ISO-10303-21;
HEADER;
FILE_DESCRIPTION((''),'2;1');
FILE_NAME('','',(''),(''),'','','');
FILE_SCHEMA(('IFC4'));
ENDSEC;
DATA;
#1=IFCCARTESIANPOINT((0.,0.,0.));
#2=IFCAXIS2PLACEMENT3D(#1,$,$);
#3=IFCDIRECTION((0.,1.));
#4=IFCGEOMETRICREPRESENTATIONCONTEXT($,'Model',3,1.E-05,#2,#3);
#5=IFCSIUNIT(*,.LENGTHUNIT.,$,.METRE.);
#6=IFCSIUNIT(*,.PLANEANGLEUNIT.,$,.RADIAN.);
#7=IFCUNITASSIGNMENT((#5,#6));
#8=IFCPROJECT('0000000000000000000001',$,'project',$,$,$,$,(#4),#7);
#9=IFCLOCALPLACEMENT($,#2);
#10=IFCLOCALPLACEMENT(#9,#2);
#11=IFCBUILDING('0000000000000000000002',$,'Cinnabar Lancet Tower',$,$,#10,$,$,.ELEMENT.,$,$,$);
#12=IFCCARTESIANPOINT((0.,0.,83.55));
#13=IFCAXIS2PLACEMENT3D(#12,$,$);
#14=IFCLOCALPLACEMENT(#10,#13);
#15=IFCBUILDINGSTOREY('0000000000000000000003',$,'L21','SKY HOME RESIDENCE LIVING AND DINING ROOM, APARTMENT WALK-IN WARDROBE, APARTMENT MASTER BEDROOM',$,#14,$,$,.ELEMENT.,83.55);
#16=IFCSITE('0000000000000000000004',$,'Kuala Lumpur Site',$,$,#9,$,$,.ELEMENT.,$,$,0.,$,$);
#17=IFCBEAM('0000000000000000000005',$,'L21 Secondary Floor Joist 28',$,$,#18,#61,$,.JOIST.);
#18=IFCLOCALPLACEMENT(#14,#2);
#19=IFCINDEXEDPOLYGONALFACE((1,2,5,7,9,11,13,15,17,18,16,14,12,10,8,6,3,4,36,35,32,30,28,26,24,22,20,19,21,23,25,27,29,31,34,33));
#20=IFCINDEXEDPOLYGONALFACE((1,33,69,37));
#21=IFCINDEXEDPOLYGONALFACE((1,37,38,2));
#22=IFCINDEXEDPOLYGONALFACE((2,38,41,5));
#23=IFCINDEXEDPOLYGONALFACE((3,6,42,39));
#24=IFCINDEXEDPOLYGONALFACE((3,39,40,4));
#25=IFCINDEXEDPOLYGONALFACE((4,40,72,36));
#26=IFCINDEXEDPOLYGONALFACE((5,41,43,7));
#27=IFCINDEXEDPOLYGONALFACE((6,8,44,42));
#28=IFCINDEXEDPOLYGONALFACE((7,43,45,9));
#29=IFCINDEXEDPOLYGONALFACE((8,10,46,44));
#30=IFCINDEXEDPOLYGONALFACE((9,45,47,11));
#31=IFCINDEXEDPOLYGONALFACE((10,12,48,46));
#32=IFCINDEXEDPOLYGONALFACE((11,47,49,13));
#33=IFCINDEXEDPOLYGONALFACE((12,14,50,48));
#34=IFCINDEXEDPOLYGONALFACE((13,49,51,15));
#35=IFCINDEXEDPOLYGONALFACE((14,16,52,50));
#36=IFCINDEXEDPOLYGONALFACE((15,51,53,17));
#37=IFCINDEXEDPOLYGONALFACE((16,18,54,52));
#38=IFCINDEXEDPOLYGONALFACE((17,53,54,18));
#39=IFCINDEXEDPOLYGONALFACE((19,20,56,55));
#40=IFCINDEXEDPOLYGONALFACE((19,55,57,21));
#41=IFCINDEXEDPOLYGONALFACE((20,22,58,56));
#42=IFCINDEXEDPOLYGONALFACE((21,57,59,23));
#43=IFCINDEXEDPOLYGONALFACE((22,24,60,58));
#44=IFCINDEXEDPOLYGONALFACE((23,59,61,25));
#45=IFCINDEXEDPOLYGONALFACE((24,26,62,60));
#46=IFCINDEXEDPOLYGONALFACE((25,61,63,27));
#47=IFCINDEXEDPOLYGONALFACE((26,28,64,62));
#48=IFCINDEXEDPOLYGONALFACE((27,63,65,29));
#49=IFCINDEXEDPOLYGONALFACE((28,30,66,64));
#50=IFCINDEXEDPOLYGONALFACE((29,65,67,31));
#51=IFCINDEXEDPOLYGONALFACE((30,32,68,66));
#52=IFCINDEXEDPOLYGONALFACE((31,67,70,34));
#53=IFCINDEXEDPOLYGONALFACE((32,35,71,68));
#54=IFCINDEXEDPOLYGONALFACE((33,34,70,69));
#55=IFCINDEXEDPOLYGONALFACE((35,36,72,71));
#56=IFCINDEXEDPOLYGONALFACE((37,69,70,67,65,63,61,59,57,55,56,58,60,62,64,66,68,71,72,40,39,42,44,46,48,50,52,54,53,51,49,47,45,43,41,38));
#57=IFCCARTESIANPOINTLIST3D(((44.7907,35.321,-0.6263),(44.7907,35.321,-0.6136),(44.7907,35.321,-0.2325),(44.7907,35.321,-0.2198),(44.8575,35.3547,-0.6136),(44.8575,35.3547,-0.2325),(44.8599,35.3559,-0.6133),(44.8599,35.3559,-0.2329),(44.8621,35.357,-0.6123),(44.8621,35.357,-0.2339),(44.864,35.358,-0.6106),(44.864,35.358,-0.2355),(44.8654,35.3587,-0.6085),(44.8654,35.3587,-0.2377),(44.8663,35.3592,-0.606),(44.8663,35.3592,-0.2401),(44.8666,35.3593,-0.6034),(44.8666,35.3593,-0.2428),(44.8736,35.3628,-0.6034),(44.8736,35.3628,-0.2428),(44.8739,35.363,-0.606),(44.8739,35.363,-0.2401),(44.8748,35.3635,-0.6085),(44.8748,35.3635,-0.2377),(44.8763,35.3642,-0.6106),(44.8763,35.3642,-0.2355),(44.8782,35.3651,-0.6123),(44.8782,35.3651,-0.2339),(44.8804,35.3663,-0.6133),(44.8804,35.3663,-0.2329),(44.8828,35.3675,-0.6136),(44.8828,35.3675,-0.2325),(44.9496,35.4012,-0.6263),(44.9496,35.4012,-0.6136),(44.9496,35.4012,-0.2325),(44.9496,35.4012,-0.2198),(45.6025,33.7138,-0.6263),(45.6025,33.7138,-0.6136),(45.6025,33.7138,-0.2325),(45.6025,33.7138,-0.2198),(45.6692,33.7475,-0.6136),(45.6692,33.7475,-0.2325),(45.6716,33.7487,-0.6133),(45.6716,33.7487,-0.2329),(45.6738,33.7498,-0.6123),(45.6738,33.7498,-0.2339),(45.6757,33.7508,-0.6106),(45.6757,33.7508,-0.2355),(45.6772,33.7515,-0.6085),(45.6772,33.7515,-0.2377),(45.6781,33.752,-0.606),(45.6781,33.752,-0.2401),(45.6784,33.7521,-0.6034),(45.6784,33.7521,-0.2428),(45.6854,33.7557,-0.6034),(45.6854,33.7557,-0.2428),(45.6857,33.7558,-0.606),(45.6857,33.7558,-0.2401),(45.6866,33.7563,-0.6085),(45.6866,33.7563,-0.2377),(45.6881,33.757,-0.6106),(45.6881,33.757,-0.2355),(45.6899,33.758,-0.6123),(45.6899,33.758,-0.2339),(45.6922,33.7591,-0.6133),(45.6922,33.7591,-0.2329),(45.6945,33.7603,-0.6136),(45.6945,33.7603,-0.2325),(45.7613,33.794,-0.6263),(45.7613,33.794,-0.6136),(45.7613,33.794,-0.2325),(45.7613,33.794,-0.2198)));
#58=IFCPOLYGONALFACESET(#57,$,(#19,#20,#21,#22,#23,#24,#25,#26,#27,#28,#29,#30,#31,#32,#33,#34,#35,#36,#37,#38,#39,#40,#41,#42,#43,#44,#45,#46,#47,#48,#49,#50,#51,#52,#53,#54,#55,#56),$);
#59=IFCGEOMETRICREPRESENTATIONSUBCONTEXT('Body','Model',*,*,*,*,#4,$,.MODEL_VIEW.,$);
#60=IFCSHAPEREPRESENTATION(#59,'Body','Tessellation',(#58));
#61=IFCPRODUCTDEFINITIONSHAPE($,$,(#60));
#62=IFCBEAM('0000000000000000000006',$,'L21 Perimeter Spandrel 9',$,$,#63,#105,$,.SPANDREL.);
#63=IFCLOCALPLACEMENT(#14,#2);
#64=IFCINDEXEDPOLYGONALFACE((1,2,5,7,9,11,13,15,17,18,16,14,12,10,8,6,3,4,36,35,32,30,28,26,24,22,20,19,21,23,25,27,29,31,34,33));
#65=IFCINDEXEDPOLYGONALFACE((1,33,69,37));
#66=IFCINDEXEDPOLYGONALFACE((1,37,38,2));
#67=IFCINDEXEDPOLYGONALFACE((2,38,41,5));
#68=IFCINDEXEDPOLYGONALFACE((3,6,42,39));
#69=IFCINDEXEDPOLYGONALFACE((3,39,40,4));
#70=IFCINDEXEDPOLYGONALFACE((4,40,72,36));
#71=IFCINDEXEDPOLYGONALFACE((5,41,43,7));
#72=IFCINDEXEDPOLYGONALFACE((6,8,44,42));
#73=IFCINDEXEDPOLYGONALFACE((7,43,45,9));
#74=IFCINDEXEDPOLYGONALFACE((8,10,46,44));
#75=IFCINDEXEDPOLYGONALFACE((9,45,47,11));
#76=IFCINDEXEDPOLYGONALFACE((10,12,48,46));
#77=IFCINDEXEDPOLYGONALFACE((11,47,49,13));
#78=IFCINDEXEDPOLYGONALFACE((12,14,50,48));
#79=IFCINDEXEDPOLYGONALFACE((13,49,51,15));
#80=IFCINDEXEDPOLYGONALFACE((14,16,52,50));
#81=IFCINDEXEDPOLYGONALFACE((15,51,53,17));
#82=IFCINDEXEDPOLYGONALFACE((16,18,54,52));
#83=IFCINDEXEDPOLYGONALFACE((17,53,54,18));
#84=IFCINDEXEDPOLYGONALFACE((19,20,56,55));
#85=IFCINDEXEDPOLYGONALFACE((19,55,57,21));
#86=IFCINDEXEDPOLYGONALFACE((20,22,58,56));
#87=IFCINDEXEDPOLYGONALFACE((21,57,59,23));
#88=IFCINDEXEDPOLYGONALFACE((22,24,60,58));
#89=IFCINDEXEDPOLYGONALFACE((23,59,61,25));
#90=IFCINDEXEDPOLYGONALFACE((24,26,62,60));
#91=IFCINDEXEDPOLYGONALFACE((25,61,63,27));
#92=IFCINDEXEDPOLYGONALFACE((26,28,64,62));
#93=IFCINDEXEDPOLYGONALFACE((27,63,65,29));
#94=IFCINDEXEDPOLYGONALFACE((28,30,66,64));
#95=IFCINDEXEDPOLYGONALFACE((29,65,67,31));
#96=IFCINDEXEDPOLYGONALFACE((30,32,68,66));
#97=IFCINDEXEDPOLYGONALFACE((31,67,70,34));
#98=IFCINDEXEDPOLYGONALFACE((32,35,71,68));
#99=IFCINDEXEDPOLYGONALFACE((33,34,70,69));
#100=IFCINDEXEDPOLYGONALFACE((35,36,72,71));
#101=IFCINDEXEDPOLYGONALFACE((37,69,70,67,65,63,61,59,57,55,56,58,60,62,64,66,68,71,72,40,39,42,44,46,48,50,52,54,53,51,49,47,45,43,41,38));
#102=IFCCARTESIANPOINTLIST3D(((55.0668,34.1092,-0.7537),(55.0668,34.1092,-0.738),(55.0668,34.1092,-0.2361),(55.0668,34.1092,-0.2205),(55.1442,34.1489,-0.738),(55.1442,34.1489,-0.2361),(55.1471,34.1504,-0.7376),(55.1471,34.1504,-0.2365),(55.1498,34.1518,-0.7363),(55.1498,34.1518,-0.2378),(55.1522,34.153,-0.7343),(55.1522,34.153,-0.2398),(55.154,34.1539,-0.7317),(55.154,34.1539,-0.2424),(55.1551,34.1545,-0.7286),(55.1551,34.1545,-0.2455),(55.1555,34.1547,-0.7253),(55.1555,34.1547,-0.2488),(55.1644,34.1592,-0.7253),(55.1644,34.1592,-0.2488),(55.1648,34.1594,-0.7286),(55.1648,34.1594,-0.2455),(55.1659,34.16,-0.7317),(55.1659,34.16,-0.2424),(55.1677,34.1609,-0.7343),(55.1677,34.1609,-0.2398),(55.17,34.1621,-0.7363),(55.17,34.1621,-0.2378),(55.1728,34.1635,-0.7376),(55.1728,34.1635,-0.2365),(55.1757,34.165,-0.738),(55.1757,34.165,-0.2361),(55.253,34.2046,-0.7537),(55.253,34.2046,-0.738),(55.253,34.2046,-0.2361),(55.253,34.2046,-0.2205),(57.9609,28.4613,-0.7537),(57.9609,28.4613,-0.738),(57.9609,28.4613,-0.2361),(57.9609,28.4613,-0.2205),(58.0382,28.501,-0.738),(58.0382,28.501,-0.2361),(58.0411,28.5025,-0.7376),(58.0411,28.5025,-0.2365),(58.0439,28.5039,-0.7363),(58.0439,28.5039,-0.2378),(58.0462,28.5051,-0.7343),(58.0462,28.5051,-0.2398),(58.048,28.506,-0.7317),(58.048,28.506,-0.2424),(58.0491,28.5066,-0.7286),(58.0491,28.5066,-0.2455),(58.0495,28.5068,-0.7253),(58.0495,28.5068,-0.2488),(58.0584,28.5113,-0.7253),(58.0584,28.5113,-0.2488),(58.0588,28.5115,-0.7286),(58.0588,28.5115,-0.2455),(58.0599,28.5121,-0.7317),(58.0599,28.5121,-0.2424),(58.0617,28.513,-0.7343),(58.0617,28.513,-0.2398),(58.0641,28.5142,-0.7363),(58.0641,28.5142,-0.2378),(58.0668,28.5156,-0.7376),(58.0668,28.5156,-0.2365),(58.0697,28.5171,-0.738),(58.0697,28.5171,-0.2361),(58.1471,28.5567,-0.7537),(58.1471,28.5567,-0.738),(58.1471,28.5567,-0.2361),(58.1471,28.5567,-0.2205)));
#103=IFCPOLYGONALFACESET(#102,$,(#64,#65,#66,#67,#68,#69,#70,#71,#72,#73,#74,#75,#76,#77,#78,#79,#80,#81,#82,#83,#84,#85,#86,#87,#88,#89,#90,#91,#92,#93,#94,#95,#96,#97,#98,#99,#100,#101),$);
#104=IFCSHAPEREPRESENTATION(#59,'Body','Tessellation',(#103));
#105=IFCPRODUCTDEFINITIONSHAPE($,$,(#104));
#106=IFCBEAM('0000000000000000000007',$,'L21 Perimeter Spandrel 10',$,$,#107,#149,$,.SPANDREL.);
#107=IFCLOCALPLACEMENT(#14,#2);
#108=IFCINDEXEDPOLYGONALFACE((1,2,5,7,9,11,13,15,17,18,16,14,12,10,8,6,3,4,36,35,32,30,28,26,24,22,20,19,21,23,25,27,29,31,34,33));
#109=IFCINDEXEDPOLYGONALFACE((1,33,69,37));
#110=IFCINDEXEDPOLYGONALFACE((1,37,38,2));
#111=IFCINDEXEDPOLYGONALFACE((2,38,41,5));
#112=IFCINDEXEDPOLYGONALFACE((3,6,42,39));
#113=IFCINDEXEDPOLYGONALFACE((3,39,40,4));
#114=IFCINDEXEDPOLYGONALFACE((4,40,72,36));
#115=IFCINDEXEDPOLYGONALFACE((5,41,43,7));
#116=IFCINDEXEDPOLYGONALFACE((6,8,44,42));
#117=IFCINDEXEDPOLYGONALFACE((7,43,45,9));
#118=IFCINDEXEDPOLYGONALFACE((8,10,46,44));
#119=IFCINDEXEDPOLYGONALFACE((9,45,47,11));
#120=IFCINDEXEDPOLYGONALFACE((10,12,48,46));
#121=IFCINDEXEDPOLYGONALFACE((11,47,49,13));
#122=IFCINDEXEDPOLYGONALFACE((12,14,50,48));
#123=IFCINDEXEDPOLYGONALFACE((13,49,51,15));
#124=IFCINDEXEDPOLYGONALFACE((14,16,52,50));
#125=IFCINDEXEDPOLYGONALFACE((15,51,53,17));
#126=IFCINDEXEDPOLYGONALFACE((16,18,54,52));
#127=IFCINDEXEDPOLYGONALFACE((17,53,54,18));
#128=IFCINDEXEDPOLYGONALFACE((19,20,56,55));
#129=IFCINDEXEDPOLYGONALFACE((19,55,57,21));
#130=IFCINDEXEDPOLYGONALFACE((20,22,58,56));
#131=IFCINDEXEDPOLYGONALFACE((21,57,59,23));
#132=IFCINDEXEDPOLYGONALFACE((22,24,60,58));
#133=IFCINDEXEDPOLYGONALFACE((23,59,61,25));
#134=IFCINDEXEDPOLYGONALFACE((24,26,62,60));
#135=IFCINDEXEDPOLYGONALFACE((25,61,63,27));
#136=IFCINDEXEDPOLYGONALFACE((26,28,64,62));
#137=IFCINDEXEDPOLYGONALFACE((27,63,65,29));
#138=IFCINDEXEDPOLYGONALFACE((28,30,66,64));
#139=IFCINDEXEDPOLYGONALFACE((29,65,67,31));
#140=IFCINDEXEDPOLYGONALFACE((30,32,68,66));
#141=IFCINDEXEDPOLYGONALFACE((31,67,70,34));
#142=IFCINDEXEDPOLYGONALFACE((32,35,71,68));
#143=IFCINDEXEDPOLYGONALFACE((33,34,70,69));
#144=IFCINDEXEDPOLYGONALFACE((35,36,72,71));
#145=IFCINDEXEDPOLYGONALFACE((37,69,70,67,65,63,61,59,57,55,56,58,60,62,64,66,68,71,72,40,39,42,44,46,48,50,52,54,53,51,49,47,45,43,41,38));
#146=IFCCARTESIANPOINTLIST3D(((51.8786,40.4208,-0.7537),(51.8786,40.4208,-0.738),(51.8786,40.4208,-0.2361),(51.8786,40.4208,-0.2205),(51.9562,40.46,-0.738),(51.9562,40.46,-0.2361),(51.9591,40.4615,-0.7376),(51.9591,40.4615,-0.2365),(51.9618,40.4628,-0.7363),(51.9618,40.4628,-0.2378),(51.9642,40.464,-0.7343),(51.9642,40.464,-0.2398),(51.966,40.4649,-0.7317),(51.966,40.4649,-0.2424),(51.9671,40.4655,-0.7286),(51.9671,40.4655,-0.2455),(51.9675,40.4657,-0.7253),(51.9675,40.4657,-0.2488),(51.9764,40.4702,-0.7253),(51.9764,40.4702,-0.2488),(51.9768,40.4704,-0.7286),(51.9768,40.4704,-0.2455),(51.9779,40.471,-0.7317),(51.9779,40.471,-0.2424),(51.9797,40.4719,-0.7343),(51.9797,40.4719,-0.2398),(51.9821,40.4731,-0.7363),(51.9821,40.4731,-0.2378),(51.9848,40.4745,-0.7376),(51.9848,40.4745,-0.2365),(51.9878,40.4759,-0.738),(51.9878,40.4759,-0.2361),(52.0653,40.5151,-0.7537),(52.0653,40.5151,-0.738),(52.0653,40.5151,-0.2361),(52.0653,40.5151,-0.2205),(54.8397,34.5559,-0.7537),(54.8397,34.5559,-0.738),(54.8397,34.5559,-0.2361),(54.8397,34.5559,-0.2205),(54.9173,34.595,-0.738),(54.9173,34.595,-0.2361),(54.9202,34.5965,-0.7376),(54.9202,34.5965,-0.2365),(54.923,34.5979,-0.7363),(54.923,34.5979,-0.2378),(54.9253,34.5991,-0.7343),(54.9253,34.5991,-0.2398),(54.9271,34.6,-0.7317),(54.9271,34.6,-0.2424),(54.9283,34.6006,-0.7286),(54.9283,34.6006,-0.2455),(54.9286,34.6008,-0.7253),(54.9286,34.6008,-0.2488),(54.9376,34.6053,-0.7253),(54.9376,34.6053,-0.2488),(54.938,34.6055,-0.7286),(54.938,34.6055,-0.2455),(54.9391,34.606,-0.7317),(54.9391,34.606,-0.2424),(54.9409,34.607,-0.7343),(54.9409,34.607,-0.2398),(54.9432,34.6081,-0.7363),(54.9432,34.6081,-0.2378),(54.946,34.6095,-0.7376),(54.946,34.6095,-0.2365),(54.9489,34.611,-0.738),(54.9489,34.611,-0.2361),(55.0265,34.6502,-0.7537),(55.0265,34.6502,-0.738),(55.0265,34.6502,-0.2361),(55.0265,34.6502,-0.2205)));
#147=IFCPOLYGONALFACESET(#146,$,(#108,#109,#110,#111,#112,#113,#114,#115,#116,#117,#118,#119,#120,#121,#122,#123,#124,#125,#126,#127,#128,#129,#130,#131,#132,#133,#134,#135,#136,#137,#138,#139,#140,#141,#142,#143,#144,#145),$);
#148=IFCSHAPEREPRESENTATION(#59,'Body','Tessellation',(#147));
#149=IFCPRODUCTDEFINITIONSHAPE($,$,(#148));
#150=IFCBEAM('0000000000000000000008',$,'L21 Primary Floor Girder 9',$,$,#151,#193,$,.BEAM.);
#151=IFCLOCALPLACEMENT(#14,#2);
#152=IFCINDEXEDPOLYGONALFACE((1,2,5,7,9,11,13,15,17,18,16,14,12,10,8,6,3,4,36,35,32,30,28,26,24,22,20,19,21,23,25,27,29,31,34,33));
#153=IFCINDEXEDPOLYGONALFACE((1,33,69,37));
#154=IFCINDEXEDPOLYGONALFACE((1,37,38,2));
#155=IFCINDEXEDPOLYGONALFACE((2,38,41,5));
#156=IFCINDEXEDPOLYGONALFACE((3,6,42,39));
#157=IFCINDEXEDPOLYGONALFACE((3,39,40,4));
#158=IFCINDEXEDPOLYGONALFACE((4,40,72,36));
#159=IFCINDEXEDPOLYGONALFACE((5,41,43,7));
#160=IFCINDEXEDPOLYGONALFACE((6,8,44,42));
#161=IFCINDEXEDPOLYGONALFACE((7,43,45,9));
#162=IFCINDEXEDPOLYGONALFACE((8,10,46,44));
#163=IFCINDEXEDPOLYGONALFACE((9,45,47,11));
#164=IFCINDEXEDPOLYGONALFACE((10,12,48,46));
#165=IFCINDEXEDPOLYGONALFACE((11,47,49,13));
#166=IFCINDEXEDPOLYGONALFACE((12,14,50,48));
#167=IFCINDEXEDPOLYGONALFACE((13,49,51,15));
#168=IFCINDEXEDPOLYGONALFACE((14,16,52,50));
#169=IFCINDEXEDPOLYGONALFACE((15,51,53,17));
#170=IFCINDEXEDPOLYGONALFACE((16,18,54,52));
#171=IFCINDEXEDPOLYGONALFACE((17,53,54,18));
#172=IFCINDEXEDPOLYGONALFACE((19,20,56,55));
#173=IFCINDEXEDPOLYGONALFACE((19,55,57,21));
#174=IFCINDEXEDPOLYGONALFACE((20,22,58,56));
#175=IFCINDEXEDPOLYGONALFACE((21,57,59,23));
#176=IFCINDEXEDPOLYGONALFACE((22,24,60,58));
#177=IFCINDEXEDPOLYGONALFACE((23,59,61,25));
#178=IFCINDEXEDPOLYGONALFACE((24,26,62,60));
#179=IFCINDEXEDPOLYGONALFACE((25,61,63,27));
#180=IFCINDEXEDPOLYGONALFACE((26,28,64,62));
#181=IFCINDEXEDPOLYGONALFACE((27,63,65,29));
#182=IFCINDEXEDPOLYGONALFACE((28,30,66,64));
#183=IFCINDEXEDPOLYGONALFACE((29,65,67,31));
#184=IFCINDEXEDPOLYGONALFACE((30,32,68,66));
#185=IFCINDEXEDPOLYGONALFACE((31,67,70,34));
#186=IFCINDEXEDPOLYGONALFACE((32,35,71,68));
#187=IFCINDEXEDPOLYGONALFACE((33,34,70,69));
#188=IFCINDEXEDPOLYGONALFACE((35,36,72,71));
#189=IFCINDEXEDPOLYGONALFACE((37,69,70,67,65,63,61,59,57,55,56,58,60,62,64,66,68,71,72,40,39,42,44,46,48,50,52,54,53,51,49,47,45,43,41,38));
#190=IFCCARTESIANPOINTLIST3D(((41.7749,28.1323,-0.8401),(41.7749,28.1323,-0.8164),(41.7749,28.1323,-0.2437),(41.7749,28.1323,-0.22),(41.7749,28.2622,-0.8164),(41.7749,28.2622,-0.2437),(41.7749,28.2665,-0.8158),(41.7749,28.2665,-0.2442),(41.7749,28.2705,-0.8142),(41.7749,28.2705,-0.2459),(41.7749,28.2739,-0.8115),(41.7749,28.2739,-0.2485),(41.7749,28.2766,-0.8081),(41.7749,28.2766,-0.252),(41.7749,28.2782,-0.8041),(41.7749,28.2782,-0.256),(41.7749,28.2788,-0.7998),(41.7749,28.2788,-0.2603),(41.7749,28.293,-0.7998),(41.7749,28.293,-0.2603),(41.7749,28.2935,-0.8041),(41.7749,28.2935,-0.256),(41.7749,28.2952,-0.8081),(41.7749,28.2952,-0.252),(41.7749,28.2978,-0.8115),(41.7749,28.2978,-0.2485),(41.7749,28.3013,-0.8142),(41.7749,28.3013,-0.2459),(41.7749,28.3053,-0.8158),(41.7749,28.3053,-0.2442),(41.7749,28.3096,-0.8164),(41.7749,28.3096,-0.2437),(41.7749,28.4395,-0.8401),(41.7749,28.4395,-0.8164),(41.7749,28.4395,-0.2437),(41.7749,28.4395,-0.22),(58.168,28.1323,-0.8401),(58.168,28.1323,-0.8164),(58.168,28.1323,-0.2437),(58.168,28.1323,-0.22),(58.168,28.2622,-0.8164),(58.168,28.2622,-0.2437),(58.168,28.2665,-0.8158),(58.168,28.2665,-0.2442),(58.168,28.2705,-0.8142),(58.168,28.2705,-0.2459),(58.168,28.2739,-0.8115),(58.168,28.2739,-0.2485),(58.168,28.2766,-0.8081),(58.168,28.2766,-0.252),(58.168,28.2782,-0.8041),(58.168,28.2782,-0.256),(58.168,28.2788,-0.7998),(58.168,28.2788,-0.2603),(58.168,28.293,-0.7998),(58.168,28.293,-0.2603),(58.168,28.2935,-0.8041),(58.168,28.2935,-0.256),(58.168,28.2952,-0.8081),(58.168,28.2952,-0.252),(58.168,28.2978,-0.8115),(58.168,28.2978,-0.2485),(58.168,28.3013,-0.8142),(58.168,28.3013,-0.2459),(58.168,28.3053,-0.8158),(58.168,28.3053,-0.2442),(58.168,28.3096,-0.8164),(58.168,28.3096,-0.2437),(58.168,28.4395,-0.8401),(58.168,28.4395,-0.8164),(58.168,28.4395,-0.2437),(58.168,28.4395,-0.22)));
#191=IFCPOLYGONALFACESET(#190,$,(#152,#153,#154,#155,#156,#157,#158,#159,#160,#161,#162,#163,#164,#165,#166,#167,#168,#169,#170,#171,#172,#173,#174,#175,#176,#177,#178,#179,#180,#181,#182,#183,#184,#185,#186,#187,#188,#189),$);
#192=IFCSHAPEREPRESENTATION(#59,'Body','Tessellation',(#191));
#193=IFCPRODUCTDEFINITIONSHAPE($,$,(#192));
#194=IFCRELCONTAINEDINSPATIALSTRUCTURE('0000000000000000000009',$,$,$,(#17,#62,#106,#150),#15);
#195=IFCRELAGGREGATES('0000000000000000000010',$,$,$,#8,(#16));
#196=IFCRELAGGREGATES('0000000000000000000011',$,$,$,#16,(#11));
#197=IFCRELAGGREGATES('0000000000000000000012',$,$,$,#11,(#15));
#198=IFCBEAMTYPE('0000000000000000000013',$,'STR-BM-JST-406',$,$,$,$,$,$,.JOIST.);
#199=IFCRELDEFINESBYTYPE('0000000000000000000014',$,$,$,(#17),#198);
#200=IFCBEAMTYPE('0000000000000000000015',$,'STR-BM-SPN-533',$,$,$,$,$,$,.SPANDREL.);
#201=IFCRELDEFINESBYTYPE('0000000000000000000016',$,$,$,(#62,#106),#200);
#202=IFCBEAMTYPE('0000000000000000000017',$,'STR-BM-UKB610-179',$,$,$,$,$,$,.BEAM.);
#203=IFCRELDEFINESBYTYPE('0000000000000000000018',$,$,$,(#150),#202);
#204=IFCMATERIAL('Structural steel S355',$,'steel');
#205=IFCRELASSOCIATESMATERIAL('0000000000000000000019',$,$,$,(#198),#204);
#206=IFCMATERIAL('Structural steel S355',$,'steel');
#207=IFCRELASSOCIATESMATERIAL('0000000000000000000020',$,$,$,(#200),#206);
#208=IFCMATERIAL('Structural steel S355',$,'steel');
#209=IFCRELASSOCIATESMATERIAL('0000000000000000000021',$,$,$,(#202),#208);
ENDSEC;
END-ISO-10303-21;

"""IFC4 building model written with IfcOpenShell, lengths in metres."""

from ifc_helpers import new_model, si_unit, direction, frame, origin, origin_2d, place, context, subcontext, project, spatial, i_section, extrude, material, material_profile, profile_set, type_object, element, save


model = new_model("IFC4")

# Units and contexts
model_context = context("Model", 3, precision=1e-05, world=origin(), true_north=direction((0.0, 1.0)))
body_context = subcontext(model_context, "Body", "Model", "MODEL_VIEW")
ifc_project = project(units=[si_unit("LENGTHUNIT", "METRE"), si_unit("PLANEANGLEUNIT", "RADIAN")], contexts=[model_context])

# Site, building, storey
site_placement = place(None, origin())
site = spatial("IfcSite", under=ifc_project, at=site_placement, Name="Kuala Lumpur Site", CompositionType="ELEMENT", RefElevation=0.0)
building_placement = place(site_placement, origin())
building = spatial("IfcBuilding", under=site, at=building_placement, Name="Cinnabar Lancet Tower", CompositionType="ELEMENT")
storey_placement = place(building_placement, frame((0.0, 0.0, 83.55)))
storey = spatial("IfcBuildingStorey", under=building, at=storey_placement, Name="L21", Description="SKY HOME RESIDENCE LIVING AND DINING ROOM, APARTMENT WALK-IN WARDROBE, APARTMENT MASTER BEDROOM", CompositionType="ELEMENT", Elevation=83.55)

# Beams
ifc_material_1 = material(Name="Structural steel S355", Category="steel")
ifc_material_profile_1 = material_profile(ifc_material_1, i_section(OverallWidth=0.178, OverallDepth=0.4065, WebThickness=0.0078, FlangeThickness=0.0127, FilletRadius=0.0103, at=origin_2d()), Name="UKB 406x178x60")
ifc_profile_set_1 = profile_set([ifc_material_profile_1], Name="Structural steel S355")
beam_type_1 = type_object("IfcBeamType", Name="STR-BM-JST-406", PredefinedType="JOIST", material=ifc_profile_set_1)
beam_1_placement = place(storey_placement, frame((45.6819, 33.7539, -0.4231), z_axis=(-0.450844, 0.892603, 0.0), x_axis=(-0.892603, -0.450844, 0.0)))
element("IfcBeam", 1, at=beam_1_placement, inside=storey, type_object=beam_type_1, Name="L21 Secondary Floor Joist 28", PredefinedType="JOIST", context=body_context, shape_type="SweptSolid", body=[
    extrude(i_section(OverallWidth=0.178, OverallDepth=0.4065, WebThickness=0.0078, FlangeThickness=0.0127, FilletRadius=0.0103, at=origin_2d()), origin(), (0.0, 0.0, 1.0), 1.8005),
])
ifc_material_2 = material(Name="Structural steel S355", Category="steel")
ifc_material_profile_2 = material_profile(ifc_material_2, i_section(OverallWidth=0.2092, OverallDepth=0.5332, WebThickness=0.01, FlangeThickness=0.0156, FilletRadius=0.0127, at=origin_2d()), Name="UKB 533x210x92")
ifc_profile_set_2 = profile_set([ifc_material_profile_2], Name="Structural steel S355")
beam_type_2 = type_object("IfcBeamType", Name="STR-BM-SPN-533", PredefinedType="SPANDREL", material=ifc_profile_set_2)
beam_2_placement = place(storey_placement, frame((58.054, 28.509, -0.4871), z_axis=(-0.456025, 0.889967, 0.0), x_axis=(-0.889967, -0.456025, 0.0)))
element("IfcBeam", 2, at=beam_2_placement, inside=storey, type_object=beam_type_2, Name="L21 Perimeter Spandrel 9", PredefinedType="SPANDREL", context=body_context, shape_type="SweptSolid", body=[
    extrude(i_section(OverallWidth=0.2092, OverallDepth=0.5332, WebThickness=0.01, FlangeThickness=0.0156, FilletRadius=0.0127, at=origin_2d()), origin(), (0.0, 0.0, 1.0), 6.3462),
])
beam_3_placement = place(storey_placement, frame((54.9331, 34.603, -0.4871), z_axis=(-0.450703, 0.892674, 0.0), x_axis=(-0.892674, -0.450703, 0.0)))
element("IfcBeam", 3, at=beam_3_placement, inside=storey, type_object=beam_type_2, Name="L21 Perimeter Spandrel 10", PredefinedType="SPANDREL", context=body_context, shape_type="SweptSolid", body=[
    extrude(i_section(OverallWidth=0.2092, OverallDepth=0.5332, WebThickness=0.01, FlangeThickness=0.0156, FilletRadius=0.0127, at=origin_2d()), origin(), (0.0, 0.0, 1.0), 6.5701),
])
ifc_material_3 = material(Name="Structural steel S355", Category="steel")
ifc_material_profile_3 = material_profile(ifc_material_3, i_section(OverallWidth=0.3071, OverallDepth=0.6201, WebThickness=0.0142, FlangeThickness=0.0237, FilletRadius=0.0166, at=origin_2d()), Name="UKB 610x305x179")
ifc_profile_set_3 = profile_set([ifc_material_profile_3], Name="Structural steel S355")
beam_type_3 = type_object("IfcBeamType", Name="STR-BM-UKB610-179", PredefinedType="BEAM", material=ifc_profile_set_3)
beam_4_placement = place(storey_placement, frame((58.168, 28.2859, -0.53), z_axis=(-1.0, 0.0, 0.0), x_axis=(0.0, -1.0, 0.0)))
element("IfcBeam", 4, at=beam_4_placement, inside=storey, type_object=beam_type_3, Name="L21 Primary Floor Girder 9", PredefinedType="BEAM", context=body_context, shape_type="SweptSolid", body=[
    extrude(i_section(OverallWidth=0.3071, OverallDepth=0.6201, WebThickness=0.0142, FlangeThickness=0.0237, FilletRadius=0.0166, at=origin_2d()), origin(), (0.0, 0.0, 1.0), 16.3931),
])

save(model, "model.ifc")
